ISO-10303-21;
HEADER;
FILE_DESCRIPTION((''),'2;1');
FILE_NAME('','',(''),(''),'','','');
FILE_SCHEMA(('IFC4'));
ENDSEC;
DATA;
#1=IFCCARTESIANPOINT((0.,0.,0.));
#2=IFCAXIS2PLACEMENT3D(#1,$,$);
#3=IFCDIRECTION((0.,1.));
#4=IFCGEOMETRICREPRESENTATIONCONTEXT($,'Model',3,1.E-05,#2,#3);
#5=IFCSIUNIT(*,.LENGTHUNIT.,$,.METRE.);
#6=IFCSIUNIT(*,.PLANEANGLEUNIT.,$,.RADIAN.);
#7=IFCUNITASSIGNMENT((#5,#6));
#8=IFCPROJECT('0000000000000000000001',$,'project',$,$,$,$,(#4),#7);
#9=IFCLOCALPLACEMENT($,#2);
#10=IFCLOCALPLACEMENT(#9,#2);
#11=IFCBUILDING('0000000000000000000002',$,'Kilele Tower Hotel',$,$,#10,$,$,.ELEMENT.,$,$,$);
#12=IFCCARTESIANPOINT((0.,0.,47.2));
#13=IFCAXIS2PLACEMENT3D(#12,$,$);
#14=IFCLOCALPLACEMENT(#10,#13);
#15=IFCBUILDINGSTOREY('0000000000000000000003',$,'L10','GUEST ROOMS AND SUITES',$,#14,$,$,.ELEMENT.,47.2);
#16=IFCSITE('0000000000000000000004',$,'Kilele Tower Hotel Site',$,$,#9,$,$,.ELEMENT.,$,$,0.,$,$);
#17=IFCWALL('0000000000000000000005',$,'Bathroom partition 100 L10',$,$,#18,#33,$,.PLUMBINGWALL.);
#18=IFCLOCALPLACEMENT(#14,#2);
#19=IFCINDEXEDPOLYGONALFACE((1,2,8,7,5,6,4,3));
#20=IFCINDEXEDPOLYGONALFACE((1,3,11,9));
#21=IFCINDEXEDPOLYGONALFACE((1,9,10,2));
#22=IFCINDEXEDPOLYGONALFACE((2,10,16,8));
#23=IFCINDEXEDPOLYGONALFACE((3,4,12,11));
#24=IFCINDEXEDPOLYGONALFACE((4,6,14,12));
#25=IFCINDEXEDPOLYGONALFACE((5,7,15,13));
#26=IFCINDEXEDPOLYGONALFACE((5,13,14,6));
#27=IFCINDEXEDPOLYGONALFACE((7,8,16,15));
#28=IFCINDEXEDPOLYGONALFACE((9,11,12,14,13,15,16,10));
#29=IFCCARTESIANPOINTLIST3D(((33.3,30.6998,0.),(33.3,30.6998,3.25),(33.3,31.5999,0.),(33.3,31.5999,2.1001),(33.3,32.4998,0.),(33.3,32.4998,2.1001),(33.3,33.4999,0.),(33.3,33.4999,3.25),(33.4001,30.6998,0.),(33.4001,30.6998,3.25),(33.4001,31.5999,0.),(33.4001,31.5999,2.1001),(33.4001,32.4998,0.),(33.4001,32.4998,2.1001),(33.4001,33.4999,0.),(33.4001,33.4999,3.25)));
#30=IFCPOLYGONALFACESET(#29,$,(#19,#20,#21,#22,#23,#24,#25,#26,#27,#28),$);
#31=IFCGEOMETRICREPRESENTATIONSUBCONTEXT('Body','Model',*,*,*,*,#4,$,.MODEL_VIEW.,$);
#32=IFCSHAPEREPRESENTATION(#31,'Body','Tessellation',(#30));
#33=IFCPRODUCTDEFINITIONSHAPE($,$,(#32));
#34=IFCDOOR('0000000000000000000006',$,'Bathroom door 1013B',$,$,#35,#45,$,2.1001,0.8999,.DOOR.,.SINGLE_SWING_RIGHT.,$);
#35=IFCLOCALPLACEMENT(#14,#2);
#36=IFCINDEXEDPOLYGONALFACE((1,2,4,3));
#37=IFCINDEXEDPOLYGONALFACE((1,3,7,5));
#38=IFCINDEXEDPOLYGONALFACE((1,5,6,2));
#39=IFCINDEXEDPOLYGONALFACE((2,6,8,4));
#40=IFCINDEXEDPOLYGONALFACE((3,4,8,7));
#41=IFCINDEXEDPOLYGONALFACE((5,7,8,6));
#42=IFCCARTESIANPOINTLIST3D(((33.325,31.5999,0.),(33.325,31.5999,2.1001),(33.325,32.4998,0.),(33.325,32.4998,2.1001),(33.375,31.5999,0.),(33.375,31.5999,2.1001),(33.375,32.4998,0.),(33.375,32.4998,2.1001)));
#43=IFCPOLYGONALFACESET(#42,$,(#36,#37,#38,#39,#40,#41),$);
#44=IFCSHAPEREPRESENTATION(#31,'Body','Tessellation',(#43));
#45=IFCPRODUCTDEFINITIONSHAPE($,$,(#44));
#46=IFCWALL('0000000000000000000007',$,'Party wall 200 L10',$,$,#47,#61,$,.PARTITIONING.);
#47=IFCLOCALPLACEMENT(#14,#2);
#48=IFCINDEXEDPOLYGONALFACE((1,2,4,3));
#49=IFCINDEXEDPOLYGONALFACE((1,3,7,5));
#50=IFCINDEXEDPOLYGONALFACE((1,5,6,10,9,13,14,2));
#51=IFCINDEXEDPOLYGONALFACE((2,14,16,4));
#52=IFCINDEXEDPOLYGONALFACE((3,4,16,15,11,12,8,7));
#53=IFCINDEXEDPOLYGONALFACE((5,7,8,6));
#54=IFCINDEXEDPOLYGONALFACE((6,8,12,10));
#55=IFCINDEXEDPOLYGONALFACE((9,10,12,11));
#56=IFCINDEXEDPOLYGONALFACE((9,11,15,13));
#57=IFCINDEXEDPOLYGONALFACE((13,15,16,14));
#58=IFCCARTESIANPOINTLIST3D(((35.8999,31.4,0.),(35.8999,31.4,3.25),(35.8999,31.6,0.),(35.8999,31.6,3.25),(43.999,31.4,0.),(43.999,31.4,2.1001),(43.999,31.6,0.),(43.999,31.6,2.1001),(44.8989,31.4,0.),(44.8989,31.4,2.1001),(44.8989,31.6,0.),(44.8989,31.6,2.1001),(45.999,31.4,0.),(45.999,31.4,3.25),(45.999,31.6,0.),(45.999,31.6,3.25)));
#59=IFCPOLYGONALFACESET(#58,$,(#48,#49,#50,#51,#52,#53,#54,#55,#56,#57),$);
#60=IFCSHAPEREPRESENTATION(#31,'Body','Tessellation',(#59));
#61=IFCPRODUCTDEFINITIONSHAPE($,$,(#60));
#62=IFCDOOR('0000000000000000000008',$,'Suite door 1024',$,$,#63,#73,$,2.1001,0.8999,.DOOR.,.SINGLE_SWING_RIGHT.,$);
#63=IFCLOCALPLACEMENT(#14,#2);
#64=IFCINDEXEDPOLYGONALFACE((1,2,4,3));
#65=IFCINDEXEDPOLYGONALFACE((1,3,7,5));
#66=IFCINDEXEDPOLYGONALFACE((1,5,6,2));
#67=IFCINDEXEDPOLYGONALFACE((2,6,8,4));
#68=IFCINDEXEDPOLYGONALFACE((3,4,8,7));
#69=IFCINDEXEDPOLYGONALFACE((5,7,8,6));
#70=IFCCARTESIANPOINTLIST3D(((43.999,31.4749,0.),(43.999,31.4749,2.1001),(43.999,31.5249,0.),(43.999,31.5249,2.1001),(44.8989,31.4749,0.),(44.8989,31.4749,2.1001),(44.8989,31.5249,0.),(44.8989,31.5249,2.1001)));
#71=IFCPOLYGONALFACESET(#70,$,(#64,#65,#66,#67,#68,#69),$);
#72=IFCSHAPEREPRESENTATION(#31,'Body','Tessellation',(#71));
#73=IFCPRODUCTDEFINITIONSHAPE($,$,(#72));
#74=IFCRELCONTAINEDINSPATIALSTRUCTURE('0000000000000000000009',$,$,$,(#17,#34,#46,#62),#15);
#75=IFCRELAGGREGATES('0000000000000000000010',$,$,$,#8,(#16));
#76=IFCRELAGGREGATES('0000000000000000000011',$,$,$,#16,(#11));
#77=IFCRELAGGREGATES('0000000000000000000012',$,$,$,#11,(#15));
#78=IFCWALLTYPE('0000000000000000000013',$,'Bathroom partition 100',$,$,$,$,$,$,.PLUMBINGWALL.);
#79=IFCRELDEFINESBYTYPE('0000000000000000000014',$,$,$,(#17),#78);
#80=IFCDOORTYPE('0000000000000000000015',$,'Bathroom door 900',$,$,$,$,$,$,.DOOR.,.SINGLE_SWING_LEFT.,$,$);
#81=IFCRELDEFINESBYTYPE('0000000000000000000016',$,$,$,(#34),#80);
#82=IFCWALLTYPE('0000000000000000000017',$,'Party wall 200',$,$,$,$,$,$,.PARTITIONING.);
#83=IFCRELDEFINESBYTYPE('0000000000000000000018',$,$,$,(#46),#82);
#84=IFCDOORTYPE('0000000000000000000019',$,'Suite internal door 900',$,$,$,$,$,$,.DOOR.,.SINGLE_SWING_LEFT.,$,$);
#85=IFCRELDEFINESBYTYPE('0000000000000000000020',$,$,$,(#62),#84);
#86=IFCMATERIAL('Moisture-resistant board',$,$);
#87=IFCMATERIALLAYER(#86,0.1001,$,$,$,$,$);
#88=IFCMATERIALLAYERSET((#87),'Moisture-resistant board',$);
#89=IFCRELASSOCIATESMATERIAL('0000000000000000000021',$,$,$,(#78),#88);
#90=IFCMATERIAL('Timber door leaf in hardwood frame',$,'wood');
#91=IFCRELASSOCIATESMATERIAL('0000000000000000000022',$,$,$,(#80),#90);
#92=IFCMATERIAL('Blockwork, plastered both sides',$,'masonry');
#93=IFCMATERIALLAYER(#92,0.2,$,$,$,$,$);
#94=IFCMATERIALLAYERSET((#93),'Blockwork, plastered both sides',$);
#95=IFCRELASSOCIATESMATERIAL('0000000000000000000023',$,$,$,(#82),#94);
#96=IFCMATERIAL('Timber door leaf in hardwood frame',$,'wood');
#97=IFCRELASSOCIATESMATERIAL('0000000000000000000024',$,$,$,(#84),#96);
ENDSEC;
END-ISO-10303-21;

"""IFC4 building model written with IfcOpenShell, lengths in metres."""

from ifc_helpers import new_model, si_unit, direction, frame, frame_2d, origin, place, context, subcontext, project, spatial, rectangle, extrude, material, layer, layer_set, type_object, element, fill, save


model = new_model("IFC4")

# Units and contexts
model_context = context("Model", 3, precision=1e-05, world=origin(), true_north=direction((0.0, 1.0)))
body_context = subcontext(model_context, "Body", "Model", "MODEL_VIEW")
ifc_project = project(units=[si_unit("LENGTHUNIT", "METRE"), si_unit("PLANEANGLEUNIT", "RADIAN")], contexts=[model_context])

# Site, building, storey
site_placement = place(None, origin())
site = spatial("IfcSite", under=ifc_project, at=site_placement, Name="Kilele Tower Hotel Site", CompositionType="ELEMENT", RefElevation=0.0)
building_placement = place(site_placement, origin())
building = spatial("IfcBuilding", under=site, at=building_placement, Name="Kilele Tower Hotel", CompositionType="ELEMENT")
storey_placement = place(building_placement, frame((0.0, 0.0, 47.2)))
storey = spatial("IfcBuildingStorey", under=building, at=storey_placement, Name="L10", Description="GUEST ROOMS AND SUITES", CompositionType="ELEMENT", Elevation=47.2)

# Shared definitions
ifc_material_1 = material(Name="Moisture-resistant board")
ifc_layer_1 = layer(ifc_material_1, 0.1001)
ifc_layer_set_1 = layer_set([ifc_layer_1], Name="Moisture-resistant board")
wall_type_1 = type_object("IfcWallType", Name="Bathroom partition 100", PredefinedType="PLUMBINGWALL", material=ifc_layer_set_1)

# Walls, openings, doors
wall_1_placement = place(storey_placement, frame((33.3501, 30.7, 0.0), z_axis=(0.0, 0.0, 1.0), x_axis=(0.0, 1.0, 0.0)))
wall_1 = element("IfcWall", 1, at=wall_1_placement, inside=storey, type_object=wall_type_1, Name="Bathroom partition 100 L10", PredefinedType="PLUMBINGWALL", context=body_context, shape_type="SweptSolid", body=[
    extrude(rectangle(XDim=2.8, YDim=0.1001, at=frame_2d((1.3999, 0.0))), origin(), (0.0, 0.0, 1.0), 3.25),
])
opening_1_placement = place(wall_1_placement, frame((1.7998, 0.0, 0.0), z_axis=(0.0, 0.0, 1.0), x_axis=(-1.0, 0.0, 0.0)))
opening_1 = element("IfcOpeningElement", 2, at=opening_1_placement, cuts=wall_1, PredefinedType="OPENING", context=body_context, shape_type="SweptSolid", body=[
    extrude(rectangle(XDim=0.8999, YDim=2.1001, at=frame_2d((0.45, 1.05))), frame((0.0, 0.0601, 0.0), z_axis=(0.0, -1.0, 0.0), x_axis=(1.0, 0.0, 0.0)), (0.0, 0.0, 1.0), 0.1201),
])
ifc_material_2 = material(Name="Timber door leaf in hardwood frame", Category="wood")
door_type_1 = type_object("IfcDoorType", Name="Bathroom door 900", OperationType="SINGLE_SWING_LEFT", PredefinedType="DOOR", material=ifc_material_2)
door_1_placement = place(opening_1_placement, origin())
door_1 = element("IfcDoor", 3, at=door_1_placement, inside=storey, type_object=door_type_1, Name="Bathroom door 1013B", OperationType="SINGLE_SWING_RIGHT", OverallHeight=2.1001, OverallWidth=0.8999, PredefinedType="DOOR", context=body_context, shape_type="SweptSolid", body=[
    extrude(rectangle(XDim=0.8999, YDim=2.1001, at=frame_2d((0.45, 1.05))), frame((0.0, 0.0249, 0.0), z_axis=(0.0, -1.0, 0.0), x_axis=(1.0, 0.0, 0.0)), (0.0, 0.0, 1.0), 0.05),
])
fill(opening_1, door_1)
ifc_material_3 = material(Name="Blockwork, plastered both sides", Category="masonry")
ifc_layer_2 = layer(ifc_material_3, 0.2)
ifc_layer_set_2 = layer_set([ifc_layer_2], Name="Blockwork, plastered both sides")
wall_type_2 = type_object("IfcWallType", Name="Party wall 200", PredefinedType="PARTITIONING", material=ifc_layer_set_2)
wall_2_placement = place(storey_placement, frame((35.8999, 31.5, 0.0), z_axis=(0.0, 0.0, 1.0), x_axis=(1.0, 0.0, 0.0)))
wall_2 = element("IfcWall", 4, at=wall_2_placement, inside=storey, type_object=wall_type_2, Name="Party wall 200 L10", PredefinedType="PARTITIONING", context=body_context, shape_type="SweptSolid", body=[
    extrude(rectangle(XDim=10.0991, YDim=0.2, at=frame_2d((5.0496, 0.0))), origin(), (0.0, 0.0, 1.0), 3.25),
])
opening_2_placement = place(wall_2_placement, frame((8.0991, 0.0, 0.0)))
opening_2 = element("IfcOpeningElement", 5, at=opening_2_placement, cuts=wall_2, PredefinedType="OPENING", context=body_context, shape_type="SweptSolid", body=[
    extrude(rectangle(XDim=0.8999, YDim=2.1001, at=frame_2d((0.45, 1.05))), frame((0.0, 0.1099, 0.0), z_axis=(0.0, -1.0, 0.0), x_axis=(1.0, 0.0, 0.0)), (0.0, 0.0, 1.0), 0.22),
])
ifc_material_4 = material(Name="Timber door leaf in hardwood frame", Category="wood")
door_type_2 = type_object("IfcDoorType", Name="Suite internal door 900", OperationType="SINGLE_SWING_LEFT", PredefinedType="DOOR", material=ifc_material_4)
door_2_placement = place(opening_2_placement, origin())
door_2 = element("IfcDoor", 6, at=door_2_placement, inside=storey, type_object=door_type_2, Name="Suite door 1024", OperationType="SINGLE_SWING_RIGHT", OverallHeight=2.1001, OverallWidth=0.8999, PredefinedType="DOOR", context=body_context, shape_type="SweptSolid", body=[
    extrude(rectangle(XDim=0.8999, YDim=2.1001, at=frame_2d((0.45, 1.05))), frame((0.0, 0.0249, 0.0), z_axis=(0.0, -1.0, 0.0), x_axis=(1.0, 0.0, 0.0)), (0.0, 0.0, 1.0), 0.05),
])
fill(opening_2, door_2)

save(model, "model.ifc")
